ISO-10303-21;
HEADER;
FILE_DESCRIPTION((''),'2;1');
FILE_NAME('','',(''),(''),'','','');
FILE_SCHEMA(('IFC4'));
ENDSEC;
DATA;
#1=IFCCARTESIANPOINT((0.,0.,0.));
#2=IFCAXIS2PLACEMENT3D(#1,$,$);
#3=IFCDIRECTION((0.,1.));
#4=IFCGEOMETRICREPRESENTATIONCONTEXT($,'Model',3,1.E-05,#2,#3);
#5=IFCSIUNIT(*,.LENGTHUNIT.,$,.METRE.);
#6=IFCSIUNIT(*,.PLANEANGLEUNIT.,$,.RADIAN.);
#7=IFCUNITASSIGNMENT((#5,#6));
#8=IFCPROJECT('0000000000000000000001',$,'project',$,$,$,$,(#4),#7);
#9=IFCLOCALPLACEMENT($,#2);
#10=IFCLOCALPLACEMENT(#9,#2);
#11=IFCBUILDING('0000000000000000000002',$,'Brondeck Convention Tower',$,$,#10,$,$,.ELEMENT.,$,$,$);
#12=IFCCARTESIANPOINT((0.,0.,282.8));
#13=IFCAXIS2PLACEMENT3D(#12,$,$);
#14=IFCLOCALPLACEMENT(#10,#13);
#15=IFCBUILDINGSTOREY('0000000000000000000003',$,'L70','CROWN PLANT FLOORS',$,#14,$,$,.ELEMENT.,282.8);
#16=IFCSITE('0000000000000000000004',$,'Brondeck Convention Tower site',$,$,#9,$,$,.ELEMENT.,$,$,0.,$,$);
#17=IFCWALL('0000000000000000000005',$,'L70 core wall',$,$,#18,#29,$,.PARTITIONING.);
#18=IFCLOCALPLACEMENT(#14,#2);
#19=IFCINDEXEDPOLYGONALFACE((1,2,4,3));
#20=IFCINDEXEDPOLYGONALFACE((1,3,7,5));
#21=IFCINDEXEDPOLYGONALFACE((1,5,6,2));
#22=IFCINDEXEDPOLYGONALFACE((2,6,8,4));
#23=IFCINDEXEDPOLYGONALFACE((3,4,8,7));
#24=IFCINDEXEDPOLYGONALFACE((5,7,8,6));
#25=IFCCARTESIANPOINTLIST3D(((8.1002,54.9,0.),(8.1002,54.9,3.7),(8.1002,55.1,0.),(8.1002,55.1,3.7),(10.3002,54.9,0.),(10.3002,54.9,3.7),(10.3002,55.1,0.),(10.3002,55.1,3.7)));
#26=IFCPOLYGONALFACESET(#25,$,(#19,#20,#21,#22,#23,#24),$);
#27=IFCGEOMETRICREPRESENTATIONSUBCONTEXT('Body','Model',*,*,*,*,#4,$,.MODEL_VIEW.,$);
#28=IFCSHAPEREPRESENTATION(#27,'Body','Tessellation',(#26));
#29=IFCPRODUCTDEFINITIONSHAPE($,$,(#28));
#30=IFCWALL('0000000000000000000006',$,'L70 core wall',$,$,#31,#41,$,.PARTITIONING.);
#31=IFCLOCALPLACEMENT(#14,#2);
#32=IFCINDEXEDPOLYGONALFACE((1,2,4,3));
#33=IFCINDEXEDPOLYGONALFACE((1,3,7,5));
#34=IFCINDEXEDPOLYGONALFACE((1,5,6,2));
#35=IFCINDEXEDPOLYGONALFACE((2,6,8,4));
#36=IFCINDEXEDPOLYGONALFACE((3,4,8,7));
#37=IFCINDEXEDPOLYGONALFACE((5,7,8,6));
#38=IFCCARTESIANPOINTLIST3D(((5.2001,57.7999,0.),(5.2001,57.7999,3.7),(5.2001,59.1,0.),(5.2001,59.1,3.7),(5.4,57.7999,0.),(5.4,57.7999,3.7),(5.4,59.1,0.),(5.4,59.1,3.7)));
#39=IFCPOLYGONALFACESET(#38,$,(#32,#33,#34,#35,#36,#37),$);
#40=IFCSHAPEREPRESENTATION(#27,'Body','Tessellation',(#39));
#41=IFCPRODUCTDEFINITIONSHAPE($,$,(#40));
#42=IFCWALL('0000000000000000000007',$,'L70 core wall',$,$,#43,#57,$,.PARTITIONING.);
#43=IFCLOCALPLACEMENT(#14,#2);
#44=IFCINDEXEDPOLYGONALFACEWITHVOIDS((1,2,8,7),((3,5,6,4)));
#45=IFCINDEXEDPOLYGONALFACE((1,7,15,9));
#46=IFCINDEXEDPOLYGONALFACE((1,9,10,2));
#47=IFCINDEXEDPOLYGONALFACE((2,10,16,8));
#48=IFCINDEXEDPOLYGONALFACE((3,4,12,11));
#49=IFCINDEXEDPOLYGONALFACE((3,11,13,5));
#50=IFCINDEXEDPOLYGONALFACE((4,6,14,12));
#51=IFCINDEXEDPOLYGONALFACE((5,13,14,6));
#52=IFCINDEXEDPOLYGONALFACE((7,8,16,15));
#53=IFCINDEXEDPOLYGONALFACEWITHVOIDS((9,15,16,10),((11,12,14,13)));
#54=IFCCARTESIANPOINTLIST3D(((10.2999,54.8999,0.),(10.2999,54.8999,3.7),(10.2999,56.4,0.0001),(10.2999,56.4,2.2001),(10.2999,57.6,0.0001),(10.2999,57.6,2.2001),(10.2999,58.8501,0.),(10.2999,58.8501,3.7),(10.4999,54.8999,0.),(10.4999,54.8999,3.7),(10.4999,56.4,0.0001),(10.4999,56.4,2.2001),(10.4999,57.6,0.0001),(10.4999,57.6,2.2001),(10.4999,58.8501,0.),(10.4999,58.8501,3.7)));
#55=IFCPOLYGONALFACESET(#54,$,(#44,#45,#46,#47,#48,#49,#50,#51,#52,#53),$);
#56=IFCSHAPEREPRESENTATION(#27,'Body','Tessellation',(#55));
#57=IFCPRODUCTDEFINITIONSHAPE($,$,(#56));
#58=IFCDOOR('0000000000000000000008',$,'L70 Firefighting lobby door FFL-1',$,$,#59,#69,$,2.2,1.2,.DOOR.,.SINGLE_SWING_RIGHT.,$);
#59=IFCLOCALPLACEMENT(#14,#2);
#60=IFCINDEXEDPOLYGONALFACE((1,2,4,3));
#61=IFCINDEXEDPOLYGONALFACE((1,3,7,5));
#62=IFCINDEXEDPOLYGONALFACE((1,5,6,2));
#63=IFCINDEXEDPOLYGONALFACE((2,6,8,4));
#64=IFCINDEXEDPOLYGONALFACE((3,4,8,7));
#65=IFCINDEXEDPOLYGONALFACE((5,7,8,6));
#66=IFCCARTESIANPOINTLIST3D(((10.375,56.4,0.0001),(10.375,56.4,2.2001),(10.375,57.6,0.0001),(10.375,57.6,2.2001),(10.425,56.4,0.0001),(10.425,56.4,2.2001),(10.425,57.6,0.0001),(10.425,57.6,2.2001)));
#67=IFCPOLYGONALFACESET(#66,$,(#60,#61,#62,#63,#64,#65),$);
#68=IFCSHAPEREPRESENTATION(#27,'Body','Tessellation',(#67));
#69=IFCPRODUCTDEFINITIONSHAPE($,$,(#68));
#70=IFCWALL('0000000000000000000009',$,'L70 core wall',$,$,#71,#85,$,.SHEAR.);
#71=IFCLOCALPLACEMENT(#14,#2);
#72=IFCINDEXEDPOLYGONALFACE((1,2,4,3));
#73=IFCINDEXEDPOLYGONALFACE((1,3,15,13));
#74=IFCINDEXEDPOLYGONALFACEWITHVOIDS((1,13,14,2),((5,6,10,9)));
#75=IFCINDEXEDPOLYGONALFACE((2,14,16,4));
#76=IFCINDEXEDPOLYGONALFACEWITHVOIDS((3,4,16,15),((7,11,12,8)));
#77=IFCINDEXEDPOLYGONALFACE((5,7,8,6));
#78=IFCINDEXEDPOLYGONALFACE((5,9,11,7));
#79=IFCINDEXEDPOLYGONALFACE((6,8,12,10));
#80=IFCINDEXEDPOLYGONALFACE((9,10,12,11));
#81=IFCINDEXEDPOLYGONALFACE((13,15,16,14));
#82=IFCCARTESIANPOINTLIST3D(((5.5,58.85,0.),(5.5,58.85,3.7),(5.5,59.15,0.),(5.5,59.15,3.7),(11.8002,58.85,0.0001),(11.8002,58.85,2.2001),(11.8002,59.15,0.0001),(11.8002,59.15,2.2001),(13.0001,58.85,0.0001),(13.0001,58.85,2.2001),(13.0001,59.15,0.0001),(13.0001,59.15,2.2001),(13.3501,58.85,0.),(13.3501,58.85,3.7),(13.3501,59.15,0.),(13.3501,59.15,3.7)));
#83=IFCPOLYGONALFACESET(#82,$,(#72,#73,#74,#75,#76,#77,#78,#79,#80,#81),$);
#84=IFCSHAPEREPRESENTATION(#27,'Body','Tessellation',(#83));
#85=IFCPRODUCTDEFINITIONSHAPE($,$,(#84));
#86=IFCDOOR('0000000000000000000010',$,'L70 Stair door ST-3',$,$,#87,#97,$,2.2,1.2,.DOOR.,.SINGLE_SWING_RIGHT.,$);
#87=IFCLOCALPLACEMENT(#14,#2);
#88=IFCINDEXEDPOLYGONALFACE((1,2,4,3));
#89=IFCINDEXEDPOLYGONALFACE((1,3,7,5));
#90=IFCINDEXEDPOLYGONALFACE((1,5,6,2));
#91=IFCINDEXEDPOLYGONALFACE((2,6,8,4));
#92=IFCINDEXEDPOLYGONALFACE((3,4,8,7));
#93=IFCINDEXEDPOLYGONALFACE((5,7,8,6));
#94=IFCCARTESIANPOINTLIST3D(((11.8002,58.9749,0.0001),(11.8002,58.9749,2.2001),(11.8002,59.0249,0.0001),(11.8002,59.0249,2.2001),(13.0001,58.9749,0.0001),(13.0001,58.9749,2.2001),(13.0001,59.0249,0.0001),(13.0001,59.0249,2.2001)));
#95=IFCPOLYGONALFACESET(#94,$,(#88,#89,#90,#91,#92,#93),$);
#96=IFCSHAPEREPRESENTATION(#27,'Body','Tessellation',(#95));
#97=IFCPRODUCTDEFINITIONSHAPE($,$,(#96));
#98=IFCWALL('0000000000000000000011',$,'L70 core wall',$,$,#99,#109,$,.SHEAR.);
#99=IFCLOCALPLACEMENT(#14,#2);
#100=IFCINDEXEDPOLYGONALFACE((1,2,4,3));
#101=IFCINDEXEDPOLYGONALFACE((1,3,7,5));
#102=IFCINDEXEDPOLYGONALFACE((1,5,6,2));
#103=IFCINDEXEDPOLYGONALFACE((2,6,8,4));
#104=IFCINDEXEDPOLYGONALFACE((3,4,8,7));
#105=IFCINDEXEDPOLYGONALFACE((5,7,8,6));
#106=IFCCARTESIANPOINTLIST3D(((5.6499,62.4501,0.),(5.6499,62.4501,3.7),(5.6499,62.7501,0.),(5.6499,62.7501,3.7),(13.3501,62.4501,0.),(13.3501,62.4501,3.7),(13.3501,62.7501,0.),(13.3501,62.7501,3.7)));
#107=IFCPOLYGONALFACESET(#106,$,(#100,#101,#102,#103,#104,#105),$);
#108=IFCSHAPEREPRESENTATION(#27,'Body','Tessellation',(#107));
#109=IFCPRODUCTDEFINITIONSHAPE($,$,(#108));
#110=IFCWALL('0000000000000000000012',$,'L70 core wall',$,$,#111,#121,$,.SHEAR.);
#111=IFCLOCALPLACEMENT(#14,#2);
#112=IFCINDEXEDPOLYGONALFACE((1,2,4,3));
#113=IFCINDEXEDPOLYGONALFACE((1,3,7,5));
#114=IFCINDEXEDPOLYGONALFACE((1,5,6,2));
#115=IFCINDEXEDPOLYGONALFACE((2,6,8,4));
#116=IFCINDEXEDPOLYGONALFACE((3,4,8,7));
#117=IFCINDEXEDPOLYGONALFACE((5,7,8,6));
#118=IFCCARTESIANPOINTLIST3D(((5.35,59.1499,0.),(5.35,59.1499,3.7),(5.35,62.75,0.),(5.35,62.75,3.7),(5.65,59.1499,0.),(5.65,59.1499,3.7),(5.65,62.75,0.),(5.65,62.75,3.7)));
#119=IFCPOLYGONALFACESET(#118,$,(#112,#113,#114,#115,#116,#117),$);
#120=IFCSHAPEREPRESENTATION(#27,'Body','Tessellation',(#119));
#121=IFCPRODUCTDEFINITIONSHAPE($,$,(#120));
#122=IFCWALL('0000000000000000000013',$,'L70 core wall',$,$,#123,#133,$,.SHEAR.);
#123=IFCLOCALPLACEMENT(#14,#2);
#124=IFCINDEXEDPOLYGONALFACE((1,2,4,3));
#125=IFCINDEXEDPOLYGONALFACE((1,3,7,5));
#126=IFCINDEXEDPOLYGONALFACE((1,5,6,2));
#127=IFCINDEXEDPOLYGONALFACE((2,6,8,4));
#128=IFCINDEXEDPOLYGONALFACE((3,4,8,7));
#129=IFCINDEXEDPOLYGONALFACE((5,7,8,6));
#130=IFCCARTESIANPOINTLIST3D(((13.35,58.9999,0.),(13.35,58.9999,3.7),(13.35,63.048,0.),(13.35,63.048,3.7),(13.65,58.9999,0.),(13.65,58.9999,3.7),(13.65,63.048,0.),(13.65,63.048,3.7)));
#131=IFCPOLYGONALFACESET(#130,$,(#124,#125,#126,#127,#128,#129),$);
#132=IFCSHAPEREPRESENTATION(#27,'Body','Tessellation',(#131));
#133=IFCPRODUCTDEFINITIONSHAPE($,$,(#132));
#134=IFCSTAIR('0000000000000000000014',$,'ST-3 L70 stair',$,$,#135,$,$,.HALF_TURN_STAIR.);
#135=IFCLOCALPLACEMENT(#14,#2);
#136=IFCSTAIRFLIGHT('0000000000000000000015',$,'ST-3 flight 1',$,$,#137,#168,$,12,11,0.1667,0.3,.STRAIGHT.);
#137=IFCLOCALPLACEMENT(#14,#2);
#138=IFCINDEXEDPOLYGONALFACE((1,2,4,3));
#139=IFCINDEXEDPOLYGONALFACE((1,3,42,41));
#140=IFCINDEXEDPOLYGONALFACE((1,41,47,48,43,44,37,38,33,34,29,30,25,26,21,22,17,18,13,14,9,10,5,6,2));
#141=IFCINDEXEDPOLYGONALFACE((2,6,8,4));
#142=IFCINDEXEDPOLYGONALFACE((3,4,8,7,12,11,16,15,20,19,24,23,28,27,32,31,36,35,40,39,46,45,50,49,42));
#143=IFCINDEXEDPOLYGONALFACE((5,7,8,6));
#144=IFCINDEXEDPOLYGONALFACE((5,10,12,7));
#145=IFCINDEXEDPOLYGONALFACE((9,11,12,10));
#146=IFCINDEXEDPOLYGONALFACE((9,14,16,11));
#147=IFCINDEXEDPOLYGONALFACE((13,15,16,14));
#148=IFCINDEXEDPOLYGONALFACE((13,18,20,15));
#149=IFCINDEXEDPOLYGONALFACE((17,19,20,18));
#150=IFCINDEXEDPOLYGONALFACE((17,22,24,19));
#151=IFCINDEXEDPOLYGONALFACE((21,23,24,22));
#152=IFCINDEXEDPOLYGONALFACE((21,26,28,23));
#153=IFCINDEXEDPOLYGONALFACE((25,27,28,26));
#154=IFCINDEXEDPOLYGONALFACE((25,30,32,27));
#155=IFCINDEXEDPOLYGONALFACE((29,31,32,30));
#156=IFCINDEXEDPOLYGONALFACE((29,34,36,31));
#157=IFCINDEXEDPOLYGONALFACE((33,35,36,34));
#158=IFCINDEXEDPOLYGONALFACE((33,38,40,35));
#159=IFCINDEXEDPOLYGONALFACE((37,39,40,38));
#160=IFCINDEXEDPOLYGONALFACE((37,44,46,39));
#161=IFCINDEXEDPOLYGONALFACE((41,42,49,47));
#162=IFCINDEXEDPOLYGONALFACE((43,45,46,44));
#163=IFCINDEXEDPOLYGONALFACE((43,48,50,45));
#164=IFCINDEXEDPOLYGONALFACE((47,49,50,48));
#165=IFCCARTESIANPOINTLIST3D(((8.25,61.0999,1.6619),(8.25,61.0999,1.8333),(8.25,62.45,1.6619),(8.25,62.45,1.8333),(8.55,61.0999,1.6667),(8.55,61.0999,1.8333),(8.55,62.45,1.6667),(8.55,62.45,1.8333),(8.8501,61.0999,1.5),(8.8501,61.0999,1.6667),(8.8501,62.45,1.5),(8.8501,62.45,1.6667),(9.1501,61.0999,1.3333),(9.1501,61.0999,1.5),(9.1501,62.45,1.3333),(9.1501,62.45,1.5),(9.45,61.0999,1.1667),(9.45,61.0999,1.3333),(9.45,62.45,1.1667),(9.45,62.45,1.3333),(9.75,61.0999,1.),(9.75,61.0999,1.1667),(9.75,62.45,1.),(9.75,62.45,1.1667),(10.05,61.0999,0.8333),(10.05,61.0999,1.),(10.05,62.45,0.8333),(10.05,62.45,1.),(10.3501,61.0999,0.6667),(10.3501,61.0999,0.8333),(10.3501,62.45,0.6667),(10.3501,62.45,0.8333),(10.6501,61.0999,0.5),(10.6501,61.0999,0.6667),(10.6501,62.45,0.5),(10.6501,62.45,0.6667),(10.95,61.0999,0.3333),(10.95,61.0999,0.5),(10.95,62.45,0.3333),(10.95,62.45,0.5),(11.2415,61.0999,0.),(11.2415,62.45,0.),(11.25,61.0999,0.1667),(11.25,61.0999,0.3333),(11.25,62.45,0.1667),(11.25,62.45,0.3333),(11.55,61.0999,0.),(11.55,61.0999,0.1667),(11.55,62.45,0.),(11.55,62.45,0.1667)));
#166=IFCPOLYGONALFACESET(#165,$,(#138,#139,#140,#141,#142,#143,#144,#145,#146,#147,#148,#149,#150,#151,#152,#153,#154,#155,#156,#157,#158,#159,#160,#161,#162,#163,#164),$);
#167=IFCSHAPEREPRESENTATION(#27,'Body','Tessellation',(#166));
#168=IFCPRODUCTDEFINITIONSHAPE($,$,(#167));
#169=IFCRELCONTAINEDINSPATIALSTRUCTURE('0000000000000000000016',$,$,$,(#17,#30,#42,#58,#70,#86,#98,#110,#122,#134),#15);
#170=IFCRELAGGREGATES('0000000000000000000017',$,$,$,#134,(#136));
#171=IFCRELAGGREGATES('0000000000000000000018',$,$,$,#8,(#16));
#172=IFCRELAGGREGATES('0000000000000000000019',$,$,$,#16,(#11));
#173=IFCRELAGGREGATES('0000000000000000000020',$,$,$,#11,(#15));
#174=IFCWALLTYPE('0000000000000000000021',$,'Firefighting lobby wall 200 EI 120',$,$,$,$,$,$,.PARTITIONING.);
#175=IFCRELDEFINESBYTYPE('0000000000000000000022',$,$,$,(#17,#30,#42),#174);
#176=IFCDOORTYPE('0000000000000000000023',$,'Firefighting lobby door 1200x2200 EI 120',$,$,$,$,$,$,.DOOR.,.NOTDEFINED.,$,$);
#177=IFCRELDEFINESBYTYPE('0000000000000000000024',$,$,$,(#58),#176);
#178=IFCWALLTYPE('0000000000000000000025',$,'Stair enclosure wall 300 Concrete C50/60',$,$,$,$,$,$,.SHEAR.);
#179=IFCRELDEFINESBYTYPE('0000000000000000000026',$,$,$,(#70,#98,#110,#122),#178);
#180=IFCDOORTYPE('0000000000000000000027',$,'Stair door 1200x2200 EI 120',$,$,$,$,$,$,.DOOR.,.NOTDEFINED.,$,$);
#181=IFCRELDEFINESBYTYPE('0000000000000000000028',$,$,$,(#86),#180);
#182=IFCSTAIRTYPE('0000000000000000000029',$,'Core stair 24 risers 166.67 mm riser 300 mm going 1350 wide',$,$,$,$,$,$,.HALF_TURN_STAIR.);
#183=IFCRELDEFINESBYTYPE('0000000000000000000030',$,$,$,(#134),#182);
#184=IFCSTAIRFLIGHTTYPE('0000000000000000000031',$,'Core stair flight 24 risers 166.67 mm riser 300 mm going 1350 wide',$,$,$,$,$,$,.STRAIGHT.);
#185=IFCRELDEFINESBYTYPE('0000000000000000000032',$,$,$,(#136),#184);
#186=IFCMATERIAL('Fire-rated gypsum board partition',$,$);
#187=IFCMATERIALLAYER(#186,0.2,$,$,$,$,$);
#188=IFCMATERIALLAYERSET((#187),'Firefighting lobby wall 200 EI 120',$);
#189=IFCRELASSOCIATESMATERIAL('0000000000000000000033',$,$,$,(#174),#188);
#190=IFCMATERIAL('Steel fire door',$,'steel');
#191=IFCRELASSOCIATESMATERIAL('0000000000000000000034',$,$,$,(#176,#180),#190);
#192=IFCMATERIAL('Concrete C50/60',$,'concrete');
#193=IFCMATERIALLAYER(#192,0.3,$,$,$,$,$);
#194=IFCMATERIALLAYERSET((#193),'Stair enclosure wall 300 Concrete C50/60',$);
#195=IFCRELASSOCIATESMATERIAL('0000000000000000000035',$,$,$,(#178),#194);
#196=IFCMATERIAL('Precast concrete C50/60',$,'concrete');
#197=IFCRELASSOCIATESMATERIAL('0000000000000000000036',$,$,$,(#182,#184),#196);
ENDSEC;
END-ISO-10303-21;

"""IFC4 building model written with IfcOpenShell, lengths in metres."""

from ifc_helpers import new_model, si_unit, direction, frame, frame_2d, origin, place, context, subcontext, project, spatial, polyline, rectangle, outline, extrude, material, layer, layer_set, type_object, element, fill, aggregate, save


model = new_model("IFC4")

# Units and contexts
model_context = context("Model", 3, precision=1e-05, world=origin(), true_north=direction((0.0, 1.0)))
body_context = subcontext(model_context, "Body", "Model", "MODEL_VIEW")
ifc_project = project(units=[si_unit("LENGTHUNIT", "METRE"), si_unit("PLANEANGLEUNIT", "RADIAN")], contexts=[model_context])

# Site, building, storey
site_placement = place(None, origin())
site = spatial("IfcSite", under=ifc_project, at=site_placement, Name="Brondeck Convention Tower site", CompositionType="ELEMENT", RefElevation=0.0)
building_placement = place(site_placement, origin())
building = spatial("IfcBuilding", under=site, at=building_placement, Name="Brondeck Convention Tower", CompositionType="ELEMENT")
storey_placement = place(building_placement, frame((0.0, 0.0, 282.8)))
storey = spatial("IfcBuildingStorey", under=building, at=storey_placement, Name="L70", Description="CROWN PLANT FLOORS", CompositionType="ELEMENT", Elevation=282.8)

# Shared definitions
ifc_material_1 = material(Name="Concrete C50/60", Category="concrete")

# Walls
ifc_material_2 = material(Name="Fire-rated gypsum board partition")
ifc_layer_1 = layer(ifc_material_2, 0.2)
ifc_layer_set_1 = layer_set([ifc_layer_1], Name="Firefighting lobby wall 200 EI 120")
wall_type_1 = type_object("IfcWallType", Name="Firefighting lobby wall 200 EI 120", PredefinedType="PARTITIONING", material=ifc_layer_set_1)
wall_1_placement = place(storey_placement, frame((8.1001, 55.0, 0.0), z_axis=(0.0, 0.0, 1.0), x_axis=(1.0, 0.0, 0.0)))
element("IfcWall", 1, at=wall_1_placement, inside=storey, type_object=wall_type_1, Name="L70 core wall", PredefinedType="PARTITIONING", context=body_context, shape_type="SweptSolid", body=[
    extrude(rectangle(XDim=2.2, YDim=0.2, at=frame_2d((1.1001, 0.0))), origin(), (0.0, 0.0, 1.0), 3.7),
])
wall_2_placement = place(storey_placement, frame((5.3, 57.8, 0.0), z_axis=(0.0, 0.0, 1.0), x_axis=(0.0, 1.0, 0.0)))
element("IfcWall", 2, at=wall_2_placement, inside=storey, type_object=wall_type_1, Name="L70 core wall", PredefinedType="PARTITIONING", context=body_context, shape_type="SweptSolid", body=[
    extrude(rectangle(XDim=1.3, YDim=0.2, at=frame_2d((0.6499, 0.0))), origin(), (0.0, 0.0, 1.0), 3.7),
])

# Walls, openings, doors
wall_3_placement = place(storey_placement, frame((10.3999, 54.8999, 0.0), z_axis=(0.0, 0.0, 1.0), x_axis=(0.0, 1.0, 0.0)))
wall_3 = element("IfcWall", 3, at=wall_3_placement, inside=storey, type_object=wall_type_1, Name="L70 core wall", PredefinedType="PARTITIONING", context=body_context, shape_type="SweptSolid", body=[
    extrude(rectangle(XDim=3.9502, YDim=0.2, at=frame_2d((1.9751, 0.0))), origin(), (0.0, 0.0, 1.0), 3.7),
])
opening_1_placement = place(wall_3_placement, frame((1.5, 0.0, 0.0)))
opening_1 = element("IfcOpeningElement", 4, at=opening_1_placement, cuts=wall_3, PredefinedType="OPENING", context=body_context, shape_type="SweptSolid", body=[
    extrude(rectangle(XDim=1.2, YDim=2.2, at=frame_2d((0.6001, 1.1001))), frame((0.0, 0.1099, 0.0), z_axis=(0.0, -1.0, 0.0), x_axis=(1.0, 0.0, 0.0)), (0.0, 0.0, 1.0), 0.22),
])
ifc_material_3 = material(Name="Steel fire door", Category="steel")
door_type_1 = type_object("IfcDoorType", Name="Firefighting lobby door 1200x2200 EI 120", OperationType="NOTDEFINED", PredefinedType="DOOR", material=ifc_material_3)
door_1_placement = place(opening_1_placement, origin())
door_1 = element("IfcDoor", 5, at=door_1_placement, inside=storey, type_object=door_type_1, Name="L70 Firefighting lobby door FFL-1", OperationType="SINGLE_SWING_RIGHT", OverallHeight=2.2, OverallWidth=1.2, PredefinedType="DOOR", context=body_context, shape_type="SweptSolid", body=[
    extrude(rectangle(XDim=1.2, YDim=2.2, at=frame_2d((0.6001, 1.1001))), frame((0.0, 0.0249, 0.0), z_axis=(0.0, -1.0, 0.0), x_axis=(1.0, 0.0, 0.0)), (0.0, 0.0, 1.0), 0.05),
])
fill(opening_1, door_1)
ifc_layer_2 = layer(ifc_material_1, 0.3)
ifc_layer_set_2 = layer_set([ifc_layer_2], Name="Stair enclosure wall 300 Concrete C50/60")
wall_type_2 = type_object("IfcWallType", Name="Stair enclosure wall 300 Concrete C50/60", PredefinedType="SHEAR", material=ifc_layer_set_2)
wall_4_placement = place(storey_placement, frame((5.5, 59.0, 0.0), z_axis=(0.0, 0.0, 1.0), x_axis=(1.0, 0.0, 0.0)))
wall_4 = element("IfcWall", 6, at=wall_4_placement, inside=storey, type_object=wall_type_2, Name="L70 core wall", PredefinedType="SHEAR", context=body_context, shape_type="SweptSolid", body=[
    extrude(rectangle(XDim=7.8501, YDim=0.3, at=frame_2d((3.925, 0.0))), origin(), (0.0, 0.0, 1.0), 3.7),
])
opening_2_placement = place(wall_4_placement, frame((6.3, 0.0, 0.0)))
opening_2 = element("IfcOpeningElement", 7, at=opening_2_placement, cuts=wall_4, PredefinedType="OPENING", context=body_context, shape_type="SweptSolid", body=[
    extrude(rectangle(XDim=1.2, YDim=2.2, at=frame_2d((0.6001, 1.1001))), frame((0.0, 0.1599, 0.0), z_axis=(0.0, -1.0, 0.0), x_axis=(1.0, 0.0, 0.0)), (0.0, 0.0, 1.0), 0.3201),
])
door_type_2 = type_object("IfcDoorType", Name="Stair door 1200x2200 EI 120", OperationType="NOTDEFINED", PredefinedType="DOOR", material=ifc_material_3)
door_2_placement = place(opening_2_placement, origin())
door_2 = element("IfcDoor", 8, at=door_2_placement, inside=storey, type_object=door_type_2, Name="L70 Stair door ST-3", OperationType="SINGLE_SWING_RIGHT", OverallHeight=2.2, OverallWidth=1.2, PredefinedType="DOOR", context=body_context, shape_type="SweptSolid", body=[
    extrude(rectangle(XDim=1.2, YDim=2.2, at=frame_2d((0.6001, 1.1001))), frame((0.0, 0.0249, 0.0), z_axis=(0.0, -1.0, 0.0), x_axis=(1.0, 0.0, 0.0)), (0.0, 0.0, 1.0), 0.05),
])
fill(opening_2, door_2)

# Walls
wall_5_placement = place(storey_placement, frame((5.6499, 62.6001, 0.0), z_axis=(0.0, 0.0, 1.0), x_axis=(1.0, 0.0, 0.0)))
element("IfcWall", 9, at=wall_5_placement, inside=storey, type_object=wall_type_2, Name="L70 core wall", PredefinedType="SHEAR", context=body_context, shape_type="SweptSolid", body=[
    extrude(rectangle(XDim=7.7002, YDim=0.3, at=frame_2d((3.8501, 0.0))), origin(), (0.0, 0.0, 1.0), 3.7),
])
wall_6_placement = place(storey_placement, frame((5.5, 59.1499, 0.0), z_axis=(0.0, 0.0, 1.0), x_axis=(0.0, 1.0, 0.0)))
element("IfcWall", 10, at=wall_6_placement, inside=storey, type_object=wall_type_2, Name="L70 core wall", PredefinedType="SHEAR", context=body_context, shape_type="SweptSolid", body=[
    extrude(rectangle(XDim=3.6001, YDim=0.3, at=frame_2d((1.8, 0.0))), origin(), (0.0, 0.0, 1.0), 3.7),
])
wall_7_placement = place(storey_placement, frame((13.5, 59.0, 0.0), z_axis=(0.0, 0.0, 1.0), x_axis=(0.0, 1.0, 0.0)))
element("IfcWall", 11, at=wall_7_placement, inside=storey, type_object=wall_type_2, Name="L70 core wall", PredefinedType="SHEAR", context=body_context, shape_type="SweptSolid", body=[
    extrude(rectangle(XDim=4.0481, YDim=0.3, at=frame_2d((2.0239, 0.0))), origin(), (0.0, 0.0, 1.0), 3.7),
])

# Stair, stair flight
ifc_material_4 = material(Name="Precast concrete C50/60", Category="concrete")
stair_type = type_object("IfcStairType", Name="Core stair 24 risers 166.67 mm riser 300 mm going 1350 wide", PredefinedType="HALF_TURN_STAIR", material=ifc_material_4)
stair_placement = place(storey_placement, origin())
stair = element("IfcStair", 12, at=stair_placement, inside=storey, type_object=stair_type, Name="ST-3 L70 stair", PredefinedType="HALF_TURN_STAIR")
stair_flight_type = type_object("IfcStairFlightType", Name="Core stair flight 24 risers 166.67 mm riser 300 mm going 1350 wide", PredefinedType="STRAIGHT", material=ifc_material_4)
stair_flight_1_placement = place(storey_placement, frame((11.55, 61.7749, 0.0), z_axis=(0.0, 0.0, 1.0), x_axis=(-1.0, 0.0, 0.0)))
stair_flight_1 = element("IfcStairFlight", 13, at=stair_flight_1_placement, type_object=stair_flight_type, Name="ST-3 flight 1", NumberOfRisers=12, NumberOfTreads=11, PredefinedType="STRAIGHT", RiserHeight=0.1667, TreadLength=0.3, context=body_context, shape_type="SweptSolid", body=[
    extrude(outline(polyline([(0.0, 0.0), (0.0, 0.1667), (0.3, 0.1667), (0.3, 0.3333), (0.6001, 0.3333), (0.6001, 0.5), (0.8999, 0.5), (0.8999, 0.6667), (1.2, 0.6667), (1.2, 0.8333), (1.5, 0.8333), (1.5, 1.0), (1.8, 1.0), (1.8, 1.1667), (2.1001, 1.1667), (2.1001, 1.3333), (2.3999, 1.3333), (2.3999, 1.5), (2.7, 1.5), (2.7, 1.6667), (3.0, 1.6667), (3.0, 1.8333), (3.3, 1.8333), (3.3, 2.0), (3.3, 1.6619), (0.3086, 0.0), (0.0, 0.0)])), frame((0.0, 0.675, 0.0), z_axis=(0.0, -1.0, 0.0), x_axis=(1.0, 0.0, 0.0)), (0.0, 0.0, 1.0), 1.3501),
])
aggregate(stair, [stair_flight_1])

save(model, "model.ifc")
